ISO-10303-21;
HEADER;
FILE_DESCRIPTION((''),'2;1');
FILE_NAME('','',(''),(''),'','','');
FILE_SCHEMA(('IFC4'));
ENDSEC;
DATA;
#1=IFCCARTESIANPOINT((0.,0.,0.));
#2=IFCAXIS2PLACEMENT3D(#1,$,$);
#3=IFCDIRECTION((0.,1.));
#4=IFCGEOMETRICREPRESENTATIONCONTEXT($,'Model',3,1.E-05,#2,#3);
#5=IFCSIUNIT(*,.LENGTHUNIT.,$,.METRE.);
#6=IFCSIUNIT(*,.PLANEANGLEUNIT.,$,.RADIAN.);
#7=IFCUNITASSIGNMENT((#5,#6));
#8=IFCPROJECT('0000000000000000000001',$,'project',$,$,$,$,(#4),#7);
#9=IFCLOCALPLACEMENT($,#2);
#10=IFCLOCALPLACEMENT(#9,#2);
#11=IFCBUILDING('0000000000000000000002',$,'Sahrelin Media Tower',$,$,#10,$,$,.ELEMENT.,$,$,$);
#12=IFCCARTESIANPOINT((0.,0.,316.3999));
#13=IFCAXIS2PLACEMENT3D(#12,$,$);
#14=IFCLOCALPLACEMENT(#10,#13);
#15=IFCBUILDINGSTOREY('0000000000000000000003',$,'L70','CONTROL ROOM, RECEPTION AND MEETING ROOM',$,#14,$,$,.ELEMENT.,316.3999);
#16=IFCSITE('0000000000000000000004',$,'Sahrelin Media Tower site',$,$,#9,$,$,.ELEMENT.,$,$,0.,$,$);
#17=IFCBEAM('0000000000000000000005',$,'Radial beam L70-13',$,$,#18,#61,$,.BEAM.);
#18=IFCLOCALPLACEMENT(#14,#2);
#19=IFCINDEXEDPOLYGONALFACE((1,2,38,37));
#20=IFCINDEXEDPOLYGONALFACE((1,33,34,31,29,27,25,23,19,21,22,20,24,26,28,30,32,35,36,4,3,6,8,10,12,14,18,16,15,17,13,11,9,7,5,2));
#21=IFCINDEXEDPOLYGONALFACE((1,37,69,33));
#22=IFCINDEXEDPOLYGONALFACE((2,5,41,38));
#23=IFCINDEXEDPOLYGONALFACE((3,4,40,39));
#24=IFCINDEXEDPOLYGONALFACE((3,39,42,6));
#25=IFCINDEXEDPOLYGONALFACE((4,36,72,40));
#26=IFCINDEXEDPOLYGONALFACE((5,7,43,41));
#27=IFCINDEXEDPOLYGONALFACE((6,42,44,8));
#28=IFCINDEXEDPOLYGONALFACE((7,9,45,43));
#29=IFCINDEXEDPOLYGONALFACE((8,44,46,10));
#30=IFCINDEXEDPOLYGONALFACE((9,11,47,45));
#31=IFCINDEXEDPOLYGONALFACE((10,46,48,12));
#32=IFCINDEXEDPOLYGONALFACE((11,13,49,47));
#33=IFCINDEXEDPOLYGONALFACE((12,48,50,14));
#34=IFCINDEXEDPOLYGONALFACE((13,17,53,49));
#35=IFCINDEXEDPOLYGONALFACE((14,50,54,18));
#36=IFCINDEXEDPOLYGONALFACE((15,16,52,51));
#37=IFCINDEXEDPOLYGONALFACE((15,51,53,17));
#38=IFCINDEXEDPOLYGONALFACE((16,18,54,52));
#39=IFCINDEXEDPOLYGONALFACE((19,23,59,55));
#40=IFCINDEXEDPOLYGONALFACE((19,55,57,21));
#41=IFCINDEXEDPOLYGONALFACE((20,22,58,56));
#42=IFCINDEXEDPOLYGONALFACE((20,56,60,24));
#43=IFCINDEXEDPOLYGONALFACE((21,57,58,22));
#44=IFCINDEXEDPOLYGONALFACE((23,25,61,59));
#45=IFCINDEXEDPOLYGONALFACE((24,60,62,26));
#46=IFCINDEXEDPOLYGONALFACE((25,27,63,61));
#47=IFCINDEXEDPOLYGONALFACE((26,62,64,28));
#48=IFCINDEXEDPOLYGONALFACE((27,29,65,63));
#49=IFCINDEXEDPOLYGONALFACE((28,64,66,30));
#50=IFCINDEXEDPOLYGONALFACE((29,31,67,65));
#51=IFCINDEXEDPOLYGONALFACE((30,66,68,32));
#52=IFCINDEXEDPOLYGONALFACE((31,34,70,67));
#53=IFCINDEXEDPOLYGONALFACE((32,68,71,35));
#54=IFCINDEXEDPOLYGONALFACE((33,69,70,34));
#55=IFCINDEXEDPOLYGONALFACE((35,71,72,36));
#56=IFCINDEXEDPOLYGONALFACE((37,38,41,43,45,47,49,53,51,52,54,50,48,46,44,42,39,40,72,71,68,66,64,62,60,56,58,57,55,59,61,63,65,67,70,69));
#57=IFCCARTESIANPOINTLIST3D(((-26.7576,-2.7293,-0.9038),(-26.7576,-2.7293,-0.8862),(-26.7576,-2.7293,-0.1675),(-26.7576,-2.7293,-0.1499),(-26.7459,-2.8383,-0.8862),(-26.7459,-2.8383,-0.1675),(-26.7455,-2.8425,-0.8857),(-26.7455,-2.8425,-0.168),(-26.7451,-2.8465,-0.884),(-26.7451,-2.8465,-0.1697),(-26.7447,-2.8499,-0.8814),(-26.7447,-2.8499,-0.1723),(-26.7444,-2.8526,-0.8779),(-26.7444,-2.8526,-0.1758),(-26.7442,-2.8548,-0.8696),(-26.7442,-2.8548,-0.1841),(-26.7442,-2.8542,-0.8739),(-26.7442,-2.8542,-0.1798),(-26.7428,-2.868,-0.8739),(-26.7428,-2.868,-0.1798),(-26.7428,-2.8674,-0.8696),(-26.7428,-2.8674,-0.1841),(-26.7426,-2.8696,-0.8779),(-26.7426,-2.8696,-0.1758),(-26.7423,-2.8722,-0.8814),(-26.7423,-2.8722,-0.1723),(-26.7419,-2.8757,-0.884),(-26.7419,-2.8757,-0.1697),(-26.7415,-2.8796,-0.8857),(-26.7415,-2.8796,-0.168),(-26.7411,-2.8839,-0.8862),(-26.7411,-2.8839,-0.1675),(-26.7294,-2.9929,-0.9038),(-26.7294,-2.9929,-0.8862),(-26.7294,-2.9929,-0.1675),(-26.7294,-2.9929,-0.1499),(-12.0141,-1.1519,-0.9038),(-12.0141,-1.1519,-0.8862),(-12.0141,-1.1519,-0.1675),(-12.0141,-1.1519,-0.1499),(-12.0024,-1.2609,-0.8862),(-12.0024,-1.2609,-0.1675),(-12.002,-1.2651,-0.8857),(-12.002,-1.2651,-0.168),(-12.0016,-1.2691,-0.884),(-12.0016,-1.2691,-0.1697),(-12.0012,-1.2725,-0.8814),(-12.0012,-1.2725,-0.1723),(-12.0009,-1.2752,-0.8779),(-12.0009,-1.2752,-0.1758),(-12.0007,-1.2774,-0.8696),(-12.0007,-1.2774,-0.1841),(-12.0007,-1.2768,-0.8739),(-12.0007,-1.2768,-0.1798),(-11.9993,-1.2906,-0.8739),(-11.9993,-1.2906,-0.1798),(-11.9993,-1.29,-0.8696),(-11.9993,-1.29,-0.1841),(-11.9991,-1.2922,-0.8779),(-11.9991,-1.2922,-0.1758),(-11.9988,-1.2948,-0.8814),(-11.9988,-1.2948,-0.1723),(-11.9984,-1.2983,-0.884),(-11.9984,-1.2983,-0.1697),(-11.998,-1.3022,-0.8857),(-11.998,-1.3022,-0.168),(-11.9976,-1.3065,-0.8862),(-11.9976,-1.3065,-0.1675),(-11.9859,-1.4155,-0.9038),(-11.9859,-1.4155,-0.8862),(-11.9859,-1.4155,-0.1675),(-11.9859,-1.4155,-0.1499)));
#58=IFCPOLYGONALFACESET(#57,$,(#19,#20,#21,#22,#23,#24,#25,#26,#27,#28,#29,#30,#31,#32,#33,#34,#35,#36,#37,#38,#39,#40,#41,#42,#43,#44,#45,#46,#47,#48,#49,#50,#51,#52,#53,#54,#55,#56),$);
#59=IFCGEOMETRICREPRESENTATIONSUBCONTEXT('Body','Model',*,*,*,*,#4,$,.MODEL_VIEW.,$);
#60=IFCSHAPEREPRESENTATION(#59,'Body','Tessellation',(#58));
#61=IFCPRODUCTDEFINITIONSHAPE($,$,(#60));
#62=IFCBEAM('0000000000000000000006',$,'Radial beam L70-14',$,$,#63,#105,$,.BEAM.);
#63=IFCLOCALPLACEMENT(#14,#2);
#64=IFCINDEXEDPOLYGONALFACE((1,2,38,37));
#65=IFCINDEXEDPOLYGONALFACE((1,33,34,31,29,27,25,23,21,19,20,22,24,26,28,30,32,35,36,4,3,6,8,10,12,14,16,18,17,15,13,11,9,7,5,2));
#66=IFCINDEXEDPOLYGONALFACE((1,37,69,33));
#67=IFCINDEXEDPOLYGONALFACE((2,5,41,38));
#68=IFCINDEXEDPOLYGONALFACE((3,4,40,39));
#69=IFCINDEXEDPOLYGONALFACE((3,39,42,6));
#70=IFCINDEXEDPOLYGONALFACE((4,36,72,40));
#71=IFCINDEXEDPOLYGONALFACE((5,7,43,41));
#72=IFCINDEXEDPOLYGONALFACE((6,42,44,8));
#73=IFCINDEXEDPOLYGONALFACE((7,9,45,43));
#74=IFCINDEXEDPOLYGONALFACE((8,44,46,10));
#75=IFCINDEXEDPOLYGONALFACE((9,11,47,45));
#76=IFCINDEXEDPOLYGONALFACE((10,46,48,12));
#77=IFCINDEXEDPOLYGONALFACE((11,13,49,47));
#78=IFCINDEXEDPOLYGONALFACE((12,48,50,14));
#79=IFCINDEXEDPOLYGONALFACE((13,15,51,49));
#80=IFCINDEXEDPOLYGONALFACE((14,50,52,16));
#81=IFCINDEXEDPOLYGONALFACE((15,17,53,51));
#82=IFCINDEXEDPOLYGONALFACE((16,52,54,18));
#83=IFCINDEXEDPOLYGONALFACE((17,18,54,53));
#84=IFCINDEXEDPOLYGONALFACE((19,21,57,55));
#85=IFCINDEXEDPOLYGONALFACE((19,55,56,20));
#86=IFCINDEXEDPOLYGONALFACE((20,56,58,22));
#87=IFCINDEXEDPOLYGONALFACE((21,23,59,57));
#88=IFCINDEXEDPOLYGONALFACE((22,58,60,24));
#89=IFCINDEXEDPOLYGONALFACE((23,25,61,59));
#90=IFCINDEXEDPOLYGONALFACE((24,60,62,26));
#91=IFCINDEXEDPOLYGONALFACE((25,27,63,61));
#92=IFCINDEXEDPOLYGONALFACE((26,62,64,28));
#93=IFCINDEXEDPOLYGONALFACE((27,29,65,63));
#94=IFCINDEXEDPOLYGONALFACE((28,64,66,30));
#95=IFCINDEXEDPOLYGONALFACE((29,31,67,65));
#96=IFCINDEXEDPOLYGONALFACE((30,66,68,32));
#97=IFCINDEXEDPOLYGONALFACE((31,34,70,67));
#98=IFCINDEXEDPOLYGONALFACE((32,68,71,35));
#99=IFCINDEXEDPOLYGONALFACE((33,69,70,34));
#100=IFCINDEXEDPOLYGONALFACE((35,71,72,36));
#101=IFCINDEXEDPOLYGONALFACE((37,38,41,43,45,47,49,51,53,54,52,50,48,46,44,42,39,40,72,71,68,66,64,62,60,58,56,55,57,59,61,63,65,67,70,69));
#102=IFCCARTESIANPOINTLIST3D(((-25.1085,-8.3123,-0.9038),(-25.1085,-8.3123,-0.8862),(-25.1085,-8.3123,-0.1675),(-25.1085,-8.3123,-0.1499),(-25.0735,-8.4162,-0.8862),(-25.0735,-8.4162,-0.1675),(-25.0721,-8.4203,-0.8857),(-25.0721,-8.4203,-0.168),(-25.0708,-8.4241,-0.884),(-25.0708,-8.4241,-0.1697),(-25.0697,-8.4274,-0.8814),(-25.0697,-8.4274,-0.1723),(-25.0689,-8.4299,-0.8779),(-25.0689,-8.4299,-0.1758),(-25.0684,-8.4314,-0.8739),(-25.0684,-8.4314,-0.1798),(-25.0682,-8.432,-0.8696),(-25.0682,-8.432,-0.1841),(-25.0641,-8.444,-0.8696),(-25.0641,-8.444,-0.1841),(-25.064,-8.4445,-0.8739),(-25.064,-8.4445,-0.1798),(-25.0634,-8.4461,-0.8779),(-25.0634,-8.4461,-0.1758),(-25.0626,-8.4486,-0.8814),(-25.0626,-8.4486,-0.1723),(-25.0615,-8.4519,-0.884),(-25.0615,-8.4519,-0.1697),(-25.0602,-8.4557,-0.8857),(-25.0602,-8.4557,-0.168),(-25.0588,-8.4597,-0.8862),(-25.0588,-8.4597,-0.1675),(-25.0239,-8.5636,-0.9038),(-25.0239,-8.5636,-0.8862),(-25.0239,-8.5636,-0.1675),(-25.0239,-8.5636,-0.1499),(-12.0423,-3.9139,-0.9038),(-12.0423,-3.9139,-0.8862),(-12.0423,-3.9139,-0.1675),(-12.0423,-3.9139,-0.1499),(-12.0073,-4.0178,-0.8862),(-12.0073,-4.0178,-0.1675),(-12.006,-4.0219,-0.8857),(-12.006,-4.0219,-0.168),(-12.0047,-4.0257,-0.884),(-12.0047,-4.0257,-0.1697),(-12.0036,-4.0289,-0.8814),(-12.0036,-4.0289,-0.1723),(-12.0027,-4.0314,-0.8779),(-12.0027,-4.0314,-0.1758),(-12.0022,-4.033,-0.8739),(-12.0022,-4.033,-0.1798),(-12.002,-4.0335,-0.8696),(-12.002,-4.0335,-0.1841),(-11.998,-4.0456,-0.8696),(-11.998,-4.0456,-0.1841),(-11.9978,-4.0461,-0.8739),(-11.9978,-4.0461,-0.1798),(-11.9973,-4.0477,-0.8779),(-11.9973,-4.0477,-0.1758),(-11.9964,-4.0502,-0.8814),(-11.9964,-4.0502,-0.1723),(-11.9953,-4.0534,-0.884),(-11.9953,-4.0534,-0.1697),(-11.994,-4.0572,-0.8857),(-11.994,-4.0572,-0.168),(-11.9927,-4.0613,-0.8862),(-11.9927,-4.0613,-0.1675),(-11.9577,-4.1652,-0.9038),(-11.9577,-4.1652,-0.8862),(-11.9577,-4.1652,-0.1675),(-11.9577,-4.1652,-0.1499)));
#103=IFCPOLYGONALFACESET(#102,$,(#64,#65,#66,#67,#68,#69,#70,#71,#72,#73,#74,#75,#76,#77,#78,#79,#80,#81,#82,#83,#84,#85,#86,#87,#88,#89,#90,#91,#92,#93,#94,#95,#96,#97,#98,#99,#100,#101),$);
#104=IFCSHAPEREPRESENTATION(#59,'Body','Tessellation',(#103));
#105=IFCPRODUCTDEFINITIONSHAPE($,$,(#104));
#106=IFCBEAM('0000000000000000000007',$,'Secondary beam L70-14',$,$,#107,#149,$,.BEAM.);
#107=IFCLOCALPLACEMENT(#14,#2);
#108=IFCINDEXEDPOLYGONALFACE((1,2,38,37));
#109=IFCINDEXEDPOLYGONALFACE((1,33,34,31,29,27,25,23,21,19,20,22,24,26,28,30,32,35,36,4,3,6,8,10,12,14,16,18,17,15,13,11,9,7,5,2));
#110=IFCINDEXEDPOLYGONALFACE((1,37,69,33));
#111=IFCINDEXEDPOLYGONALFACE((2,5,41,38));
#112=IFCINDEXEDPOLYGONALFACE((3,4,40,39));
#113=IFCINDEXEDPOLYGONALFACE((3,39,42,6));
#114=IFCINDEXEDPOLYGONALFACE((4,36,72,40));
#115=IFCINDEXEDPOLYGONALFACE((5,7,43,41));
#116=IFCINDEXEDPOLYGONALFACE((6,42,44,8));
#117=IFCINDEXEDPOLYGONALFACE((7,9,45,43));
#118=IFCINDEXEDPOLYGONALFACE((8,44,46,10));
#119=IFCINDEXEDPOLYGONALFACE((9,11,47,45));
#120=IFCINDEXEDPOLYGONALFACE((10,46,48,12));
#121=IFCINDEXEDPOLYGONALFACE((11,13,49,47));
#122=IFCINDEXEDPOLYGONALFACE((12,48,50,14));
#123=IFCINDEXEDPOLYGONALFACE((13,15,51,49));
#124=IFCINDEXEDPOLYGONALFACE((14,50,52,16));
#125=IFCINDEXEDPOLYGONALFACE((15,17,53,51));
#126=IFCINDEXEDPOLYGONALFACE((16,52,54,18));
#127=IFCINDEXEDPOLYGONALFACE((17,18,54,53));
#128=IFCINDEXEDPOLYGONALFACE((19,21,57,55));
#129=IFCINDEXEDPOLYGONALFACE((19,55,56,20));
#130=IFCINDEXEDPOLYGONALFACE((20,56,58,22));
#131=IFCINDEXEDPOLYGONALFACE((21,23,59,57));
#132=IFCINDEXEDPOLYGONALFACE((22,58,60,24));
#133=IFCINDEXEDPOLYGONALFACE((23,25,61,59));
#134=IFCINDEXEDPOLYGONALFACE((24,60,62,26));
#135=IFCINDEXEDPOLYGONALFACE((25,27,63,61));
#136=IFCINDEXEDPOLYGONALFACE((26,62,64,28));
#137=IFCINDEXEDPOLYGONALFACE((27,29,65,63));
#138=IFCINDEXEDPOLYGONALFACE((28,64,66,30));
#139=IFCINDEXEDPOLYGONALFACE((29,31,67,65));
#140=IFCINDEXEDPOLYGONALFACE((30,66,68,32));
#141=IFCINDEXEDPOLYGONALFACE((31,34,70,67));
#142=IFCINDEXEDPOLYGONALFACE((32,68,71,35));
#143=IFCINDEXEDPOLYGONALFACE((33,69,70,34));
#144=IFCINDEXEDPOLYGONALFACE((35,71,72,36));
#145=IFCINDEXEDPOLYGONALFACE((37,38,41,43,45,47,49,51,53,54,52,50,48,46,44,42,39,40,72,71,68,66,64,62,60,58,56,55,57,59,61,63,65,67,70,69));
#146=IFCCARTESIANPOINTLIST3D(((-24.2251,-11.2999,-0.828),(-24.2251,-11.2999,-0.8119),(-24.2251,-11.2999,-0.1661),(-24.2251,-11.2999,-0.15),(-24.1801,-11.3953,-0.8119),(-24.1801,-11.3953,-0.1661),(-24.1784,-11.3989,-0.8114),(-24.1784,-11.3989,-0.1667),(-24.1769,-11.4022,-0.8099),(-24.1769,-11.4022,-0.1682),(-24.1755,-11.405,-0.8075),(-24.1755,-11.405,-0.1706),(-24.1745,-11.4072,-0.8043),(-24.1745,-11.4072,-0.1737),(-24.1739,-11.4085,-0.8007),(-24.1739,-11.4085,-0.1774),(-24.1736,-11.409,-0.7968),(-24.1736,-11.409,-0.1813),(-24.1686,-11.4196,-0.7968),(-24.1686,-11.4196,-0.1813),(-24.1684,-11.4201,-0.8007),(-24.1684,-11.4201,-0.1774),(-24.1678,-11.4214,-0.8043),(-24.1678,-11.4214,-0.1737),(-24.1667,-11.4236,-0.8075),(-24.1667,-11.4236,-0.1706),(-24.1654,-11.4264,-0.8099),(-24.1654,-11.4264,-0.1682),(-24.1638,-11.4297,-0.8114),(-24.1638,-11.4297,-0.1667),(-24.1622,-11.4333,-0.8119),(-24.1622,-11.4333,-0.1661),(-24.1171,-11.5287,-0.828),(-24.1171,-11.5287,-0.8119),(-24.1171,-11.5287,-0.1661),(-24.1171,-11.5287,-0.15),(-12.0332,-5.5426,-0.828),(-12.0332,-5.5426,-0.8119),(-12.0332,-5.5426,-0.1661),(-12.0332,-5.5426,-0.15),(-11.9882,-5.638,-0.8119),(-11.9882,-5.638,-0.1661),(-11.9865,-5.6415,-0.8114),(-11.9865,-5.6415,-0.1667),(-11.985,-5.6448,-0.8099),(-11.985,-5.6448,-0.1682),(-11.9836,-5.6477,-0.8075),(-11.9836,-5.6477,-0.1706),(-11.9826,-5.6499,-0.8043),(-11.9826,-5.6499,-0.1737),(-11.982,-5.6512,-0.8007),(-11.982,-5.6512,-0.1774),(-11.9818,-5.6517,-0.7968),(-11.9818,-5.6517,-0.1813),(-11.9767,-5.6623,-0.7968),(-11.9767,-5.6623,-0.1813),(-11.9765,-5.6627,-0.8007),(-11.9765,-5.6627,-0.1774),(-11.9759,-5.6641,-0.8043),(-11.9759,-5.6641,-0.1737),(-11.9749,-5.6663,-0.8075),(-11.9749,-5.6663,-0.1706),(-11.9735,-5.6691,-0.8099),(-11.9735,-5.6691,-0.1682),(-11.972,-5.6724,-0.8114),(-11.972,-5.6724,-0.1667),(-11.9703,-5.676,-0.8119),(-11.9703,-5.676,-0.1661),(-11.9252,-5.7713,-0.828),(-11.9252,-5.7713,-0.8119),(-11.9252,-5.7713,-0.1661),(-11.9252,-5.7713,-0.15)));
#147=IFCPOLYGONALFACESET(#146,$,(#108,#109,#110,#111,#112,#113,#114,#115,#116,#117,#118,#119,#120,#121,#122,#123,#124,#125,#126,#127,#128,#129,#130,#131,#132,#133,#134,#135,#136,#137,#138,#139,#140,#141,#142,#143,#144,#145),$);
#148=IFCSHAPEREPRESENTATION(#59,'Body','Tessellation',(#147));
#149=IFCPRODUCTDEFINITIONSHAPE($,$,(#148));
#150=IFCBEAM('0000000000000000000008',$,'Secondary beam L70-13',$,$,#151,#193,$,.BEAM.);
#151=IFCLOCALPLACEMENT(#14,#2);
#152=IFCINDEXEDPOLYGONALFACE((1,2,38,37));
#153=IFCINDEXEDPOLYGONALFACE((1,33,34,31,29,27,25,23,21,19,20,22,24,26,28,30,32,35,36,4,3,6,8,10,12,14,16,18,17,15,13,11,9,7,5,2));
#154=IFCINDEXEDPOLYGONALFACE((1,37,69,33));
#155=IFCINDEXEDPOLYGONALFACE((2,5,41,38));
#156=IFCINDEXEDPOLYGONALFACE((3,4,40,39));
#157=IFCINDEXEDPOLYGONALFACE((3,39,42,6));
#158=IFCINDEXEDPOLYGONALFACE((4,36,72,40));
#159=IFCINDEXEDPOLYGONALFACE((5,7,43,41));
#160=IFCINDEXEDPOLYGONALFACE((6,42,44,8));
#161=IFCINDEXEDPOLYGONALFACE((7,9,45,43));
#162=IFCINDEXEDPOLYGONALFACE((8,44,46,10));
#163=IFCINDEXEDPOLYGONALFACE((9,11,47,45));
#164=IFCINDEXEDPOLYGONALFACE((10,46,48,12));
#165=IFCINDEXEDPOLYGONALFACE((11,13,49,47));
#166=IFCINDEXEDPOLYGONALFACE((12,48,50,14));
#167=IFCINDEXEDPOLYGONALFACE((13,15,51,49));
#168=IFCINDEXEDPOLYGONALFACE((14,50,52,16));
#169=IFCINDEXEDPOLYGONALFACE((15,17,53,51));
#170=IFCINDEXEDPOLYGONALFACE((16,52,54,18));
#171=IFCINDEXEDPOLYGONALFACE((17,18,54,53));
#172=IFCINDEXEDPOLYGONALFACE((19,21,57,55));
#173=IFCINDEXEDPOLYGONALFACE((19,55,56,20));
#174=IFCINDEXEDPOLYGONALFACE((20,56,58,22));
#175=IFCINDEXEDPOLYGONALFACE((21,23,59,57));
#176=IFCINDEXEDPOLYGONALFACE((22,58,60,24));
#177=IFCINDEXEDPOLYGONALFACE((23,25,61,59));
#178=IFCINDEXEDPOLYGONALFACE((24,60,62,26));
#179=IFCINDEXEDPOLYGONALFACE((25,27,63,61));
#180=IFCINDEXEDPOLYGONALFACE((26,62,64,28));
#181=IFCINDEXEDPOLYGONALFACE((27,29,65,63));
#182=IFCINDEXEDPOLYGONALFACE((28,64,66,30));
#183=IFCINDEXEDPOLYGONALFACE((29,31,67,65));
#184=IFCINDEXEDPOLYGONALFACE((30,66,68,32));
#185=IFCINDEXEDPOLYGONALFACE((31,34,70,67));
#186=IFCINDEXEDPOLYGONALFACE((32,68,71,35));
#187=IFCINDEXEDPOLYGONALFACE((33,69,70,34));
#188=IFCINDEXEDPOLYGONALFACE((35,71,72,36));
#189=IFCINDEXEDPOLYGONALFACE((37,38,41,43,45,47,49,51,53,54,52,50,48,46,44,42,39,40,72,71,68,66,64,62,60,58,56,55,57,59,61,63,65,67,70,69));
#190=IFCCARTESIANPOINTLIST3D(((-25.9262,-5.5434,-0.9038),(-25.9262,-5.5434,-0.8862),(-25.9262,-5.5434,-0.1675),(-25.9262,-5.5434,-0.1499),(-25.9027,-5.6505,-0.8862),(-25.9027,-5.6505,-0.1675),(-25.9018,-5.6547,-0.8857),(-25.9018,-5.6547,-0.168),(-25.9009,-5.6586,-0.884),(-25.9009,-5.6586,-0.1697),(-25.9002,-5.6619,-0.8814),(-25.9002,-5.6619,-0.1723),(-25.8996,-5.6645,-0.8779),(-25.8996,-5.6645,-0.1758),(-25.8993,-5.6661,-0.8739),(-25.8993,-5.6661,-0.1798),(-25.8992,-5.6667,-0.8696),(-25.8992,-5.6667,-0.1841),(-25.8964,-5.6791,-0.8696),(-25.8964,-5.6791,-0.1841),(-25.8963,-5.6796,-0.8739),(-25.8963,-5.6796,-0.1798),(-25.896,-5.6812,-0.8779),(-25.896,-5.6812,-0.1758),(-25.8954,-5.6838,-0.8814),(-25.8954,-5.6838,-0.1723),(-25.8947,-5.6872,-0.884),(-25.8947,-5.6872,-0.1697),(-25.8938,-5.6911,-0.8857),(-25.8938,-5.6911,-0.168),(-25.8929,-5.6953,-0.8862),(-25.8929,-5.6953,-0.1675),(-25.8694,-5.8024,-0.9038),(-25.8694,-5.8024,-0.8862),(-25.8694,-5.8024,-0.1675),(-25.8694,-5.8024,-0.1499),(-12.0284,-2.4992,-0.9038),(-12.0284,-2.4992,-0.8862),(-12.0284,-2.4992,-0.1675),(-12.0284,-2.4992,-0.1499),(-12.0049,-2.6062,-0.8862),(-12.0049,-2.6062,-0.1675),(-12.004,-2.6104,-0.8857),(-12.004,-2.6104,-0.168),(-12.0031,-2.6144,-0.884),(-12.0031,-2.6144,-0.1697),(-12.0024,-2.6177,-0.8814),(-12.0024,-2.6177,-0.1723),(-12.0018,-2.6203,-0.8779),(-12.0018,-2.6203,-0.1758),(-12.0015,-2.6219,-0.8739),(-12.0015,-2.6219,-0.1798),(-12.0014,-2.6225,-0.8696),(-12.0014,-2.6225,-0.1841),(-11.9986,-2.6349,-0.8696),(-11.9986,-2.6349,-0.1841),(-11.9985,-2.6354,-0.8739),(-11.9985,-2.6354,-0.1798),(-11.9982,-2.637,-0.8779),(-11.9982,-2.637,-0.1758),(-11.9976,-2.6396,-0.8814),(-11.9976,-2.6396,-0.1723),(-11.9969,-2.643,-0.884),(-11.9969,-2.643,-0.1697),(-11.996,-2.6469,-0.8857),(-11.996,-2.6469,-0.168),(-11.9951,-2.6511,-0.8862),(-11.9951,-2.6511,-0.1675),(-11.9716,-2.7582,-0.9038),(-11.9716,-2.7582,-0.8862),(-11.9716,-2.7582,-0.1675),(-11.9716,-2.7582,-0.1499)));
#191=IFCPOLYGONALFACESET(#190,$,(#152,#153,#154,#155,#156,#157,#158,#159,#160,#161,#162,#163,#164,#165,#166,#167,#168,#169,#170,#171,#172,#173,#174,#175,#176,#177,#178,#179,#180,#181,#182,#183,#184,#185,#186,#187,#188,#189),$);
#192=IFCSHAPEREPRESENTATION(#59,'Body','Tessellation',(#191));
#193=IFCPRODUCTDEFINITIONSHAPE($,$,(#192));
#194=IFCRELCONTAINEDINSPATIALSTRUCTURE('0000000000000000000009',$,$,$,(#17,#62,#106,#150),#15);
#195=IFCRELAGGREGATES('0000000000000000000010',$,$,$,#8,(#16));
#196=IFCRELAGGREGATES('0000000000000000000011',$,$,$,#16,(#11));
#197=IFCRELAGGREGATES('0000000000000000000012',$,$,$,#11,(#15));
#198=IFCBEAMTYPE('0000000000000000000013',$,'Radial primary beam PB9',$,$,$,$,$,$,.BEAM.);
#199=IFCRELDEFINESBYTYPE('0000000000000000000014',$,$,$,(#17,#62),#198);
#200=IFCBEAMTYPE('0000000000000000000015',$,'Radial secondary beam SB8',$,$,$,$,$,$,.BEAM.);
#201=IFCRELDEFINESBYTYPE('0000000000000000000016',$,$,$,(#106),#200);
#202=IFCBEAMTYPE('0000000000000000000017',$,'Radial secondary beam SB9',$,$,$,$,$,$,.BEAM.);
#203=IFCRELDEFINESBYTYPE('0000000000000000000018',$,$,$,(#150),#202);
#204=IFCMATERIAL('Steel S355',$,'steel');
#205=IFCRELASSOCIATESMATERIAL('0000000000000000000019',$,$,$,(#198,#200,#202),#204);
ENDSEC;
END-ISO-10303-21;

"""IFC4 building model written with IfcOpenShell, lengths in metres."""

from ifc_helpers import new_model, si_unit, direction, frame, origin, origin_2d, place, context, subcontext, project, spatial, i_section, extrude, material, material_profile, profile_set, type_object, element, save


model = new_model("IFC4")

# Units and contexts
model_context = context("Model", 3, precision=1e-05, world=origin(), true_north=direction((0.0, 1.0)))
body_context = subcontext(model_context, "Body", "Model", "MODEL_VIEW")
ifc_project = project(units=[si_unit("LENGTHUNIT", "METRE"), si_unit("PLANEANGLEUNIT", "RADIAN")], contexts=[model_context])

# Site, building, storey
site_placement = place(None, origin())
site = spatial("IfcSite", under=ifc_project, at=site_placement, Name="Sahrelin Media Tower site", CompositionType="ELEMENT", RefElevation=0.0)
building_placement = place(site_placement, origin())
building = spatial("IfcBuilding", under=site, at=building_placement, Name="Sahrelin Media Tower", CompositionType="ELEMENT")
storey_placement = place(building_placement, frame((0.0, 0.0, 316.3999)))
storey = spatial("IfcBuildingStorey", under=building, at=storey_placement, Name="L70", Description="CONTROL ROOM, RECEPTION AND MEETING ROOM", CompositionType="ELEMENT", Elevation=316.3999)

# Beams
ifc_material_1 = material(Name="Steel S355", Category="steel")
ifc_material_profile_1 = material_profile(ifc_material_1, i_section(OverallWidth=0.2651, OverallDepth=0.7539, WebThickness=0.0127, FlangeThickness=0.0176, FilletRadius=0.0166, at=origin_2d()), Name="UB 762x267x147")
ifc_profile_set_1 = profile_set([ifc_material_profile_1], Name="Steel S355")
beam_type_1 = type_object("IfcBeamType", Name="Radial primary beam PB9", PredefinedType="BEAM", material=ifc_profile_set_1)
beam_1_placement = place(storey_placement, frame((-12.0, -1.2837, -0.5269), z_axis=(-0.994325, -0.106383, 0.0), x_axis=(0.106383, -0.994325, 0.0)))
element("IfcBeam", 1, at=beam_1_placement, inside=storey, type_object=beam_type_1, Name="Radial beam L70-13", PredefinedType="BEAM", context=body_context, shape_type="SweptSolid", body=[
    extrude(i_section(OverallWidth=0.2651, OverallDepth=0.7539, WebThickness=0.0127, FlangeThickness=0.0176, FilletRadius=0.0166, at=origin_2d()), origin(), (0.0, 0.0, 1.0), 14.8276),
])
beam_2_placement = place(storey_placement, frame((-12.0, -4.0396, -0.5269), z_axis=(-0.947742, -0.319037, 0.0), x_axis=(0.319037, -0.947742, 0.0)))
element("IfcBeam", 2, at=beam_2_placement, inside=storey, type_object=beam_type_1, Name="Radial beam L70-14", PredefinedType="BEAM", context=body_context, shape_type="SweptSolid", body=[
    extrude(i_section(OverallWidth=0.2651, OverallDepth=0.7539, WebThickness=0.0127, FlangeThickness=0.0176, FilletRadius=0.0166, at=origin_2d()), origin(), (0.0, 0.0, 1.0), 13.7866),
])
ifc_material_profile_2 = material_profile(ifc_material_1, i_section(OverallWidth=0.2529, OverallDepth=0.678, WebThickness=0.0117, FlangeThickness=0.0161, FilletRadius=0.0151, at=origin_2d()), Name="UB 686x254x125")
ifc_profile_set_2 = profile_set([ifc_material_profile_2], Name="Steel S355")
beam_type_2 = type_object("IfcBeamType", Name="Radial secondary beam SB8", PredefinedType="BEAM", material=ifc_profile_set_2)
beam_3_placement = place(storey_placement, frame((-11.9792, -5.657, -0.489), z_axis=(-0.904247, -0.427009, 0.0), x_axis=(0.427009, -0.904247, 0.0)))
element("IfcBeam", 3, at=beam_3_placement, inside=storey, type_object=beam_type_2, Name="Secondary beam L70-14", PredefinedType="BEAM", context=body_context, shape_type="SweptSolid", body=[
    extrude(i_section(OverallWidth=0.2529, OverallDepth=0.678, WebThickness=0.0117, FlangeThickness=0.0161, FilletRadius=0.0151, at=origin_2d()), origin(), (0.0, 0.0, 1.0), 13.4829),
])
ifc_material_profile_3 = material_profile(ifc_material_1, i_section(OverallWidth=0.2651, OverallDepth=0.7539, WebThickness=0.0127, FlangeThickness=0.0176, FilletRadius=0.0166, at=origin_2d()), Name="UB 762x267x147")
ifc_profile_set_3 = profile_set([ifc_material_profile_3], Name="Steel S355")
beam_type_3 = type_object("IfcBeamType", Name="Radial secondary beam SB9", PredefinedType="BEAM", material=ifc_profile_set_3)
beam_4_placement = place(storey_placement, frame((-12.0, -2.6287, -0.5269), z_axis=(-0.97684, -0.21397, 0.0), x_axis=(0.21397, -0.97684, 0.0)))
element("IfcBeam", 4, at=beam_4_placement, inside=storey, type_object=beam_type_3, Name="Secondary beam L70-13", PredefinedType="BEAM", context=body_context, shape_type="SweptSolid", body=[
    extrude(i_section(OverallWidth=0.2651, OverallDepth=0.7539, WebThickness=0.0127, FlangeThickness=0.0176, FilletRadius=0.0166, at=origin_2d()), origin(), (0.0, 0.0, 1.0), 14.2273),
])

save(model, "model.ifc")
